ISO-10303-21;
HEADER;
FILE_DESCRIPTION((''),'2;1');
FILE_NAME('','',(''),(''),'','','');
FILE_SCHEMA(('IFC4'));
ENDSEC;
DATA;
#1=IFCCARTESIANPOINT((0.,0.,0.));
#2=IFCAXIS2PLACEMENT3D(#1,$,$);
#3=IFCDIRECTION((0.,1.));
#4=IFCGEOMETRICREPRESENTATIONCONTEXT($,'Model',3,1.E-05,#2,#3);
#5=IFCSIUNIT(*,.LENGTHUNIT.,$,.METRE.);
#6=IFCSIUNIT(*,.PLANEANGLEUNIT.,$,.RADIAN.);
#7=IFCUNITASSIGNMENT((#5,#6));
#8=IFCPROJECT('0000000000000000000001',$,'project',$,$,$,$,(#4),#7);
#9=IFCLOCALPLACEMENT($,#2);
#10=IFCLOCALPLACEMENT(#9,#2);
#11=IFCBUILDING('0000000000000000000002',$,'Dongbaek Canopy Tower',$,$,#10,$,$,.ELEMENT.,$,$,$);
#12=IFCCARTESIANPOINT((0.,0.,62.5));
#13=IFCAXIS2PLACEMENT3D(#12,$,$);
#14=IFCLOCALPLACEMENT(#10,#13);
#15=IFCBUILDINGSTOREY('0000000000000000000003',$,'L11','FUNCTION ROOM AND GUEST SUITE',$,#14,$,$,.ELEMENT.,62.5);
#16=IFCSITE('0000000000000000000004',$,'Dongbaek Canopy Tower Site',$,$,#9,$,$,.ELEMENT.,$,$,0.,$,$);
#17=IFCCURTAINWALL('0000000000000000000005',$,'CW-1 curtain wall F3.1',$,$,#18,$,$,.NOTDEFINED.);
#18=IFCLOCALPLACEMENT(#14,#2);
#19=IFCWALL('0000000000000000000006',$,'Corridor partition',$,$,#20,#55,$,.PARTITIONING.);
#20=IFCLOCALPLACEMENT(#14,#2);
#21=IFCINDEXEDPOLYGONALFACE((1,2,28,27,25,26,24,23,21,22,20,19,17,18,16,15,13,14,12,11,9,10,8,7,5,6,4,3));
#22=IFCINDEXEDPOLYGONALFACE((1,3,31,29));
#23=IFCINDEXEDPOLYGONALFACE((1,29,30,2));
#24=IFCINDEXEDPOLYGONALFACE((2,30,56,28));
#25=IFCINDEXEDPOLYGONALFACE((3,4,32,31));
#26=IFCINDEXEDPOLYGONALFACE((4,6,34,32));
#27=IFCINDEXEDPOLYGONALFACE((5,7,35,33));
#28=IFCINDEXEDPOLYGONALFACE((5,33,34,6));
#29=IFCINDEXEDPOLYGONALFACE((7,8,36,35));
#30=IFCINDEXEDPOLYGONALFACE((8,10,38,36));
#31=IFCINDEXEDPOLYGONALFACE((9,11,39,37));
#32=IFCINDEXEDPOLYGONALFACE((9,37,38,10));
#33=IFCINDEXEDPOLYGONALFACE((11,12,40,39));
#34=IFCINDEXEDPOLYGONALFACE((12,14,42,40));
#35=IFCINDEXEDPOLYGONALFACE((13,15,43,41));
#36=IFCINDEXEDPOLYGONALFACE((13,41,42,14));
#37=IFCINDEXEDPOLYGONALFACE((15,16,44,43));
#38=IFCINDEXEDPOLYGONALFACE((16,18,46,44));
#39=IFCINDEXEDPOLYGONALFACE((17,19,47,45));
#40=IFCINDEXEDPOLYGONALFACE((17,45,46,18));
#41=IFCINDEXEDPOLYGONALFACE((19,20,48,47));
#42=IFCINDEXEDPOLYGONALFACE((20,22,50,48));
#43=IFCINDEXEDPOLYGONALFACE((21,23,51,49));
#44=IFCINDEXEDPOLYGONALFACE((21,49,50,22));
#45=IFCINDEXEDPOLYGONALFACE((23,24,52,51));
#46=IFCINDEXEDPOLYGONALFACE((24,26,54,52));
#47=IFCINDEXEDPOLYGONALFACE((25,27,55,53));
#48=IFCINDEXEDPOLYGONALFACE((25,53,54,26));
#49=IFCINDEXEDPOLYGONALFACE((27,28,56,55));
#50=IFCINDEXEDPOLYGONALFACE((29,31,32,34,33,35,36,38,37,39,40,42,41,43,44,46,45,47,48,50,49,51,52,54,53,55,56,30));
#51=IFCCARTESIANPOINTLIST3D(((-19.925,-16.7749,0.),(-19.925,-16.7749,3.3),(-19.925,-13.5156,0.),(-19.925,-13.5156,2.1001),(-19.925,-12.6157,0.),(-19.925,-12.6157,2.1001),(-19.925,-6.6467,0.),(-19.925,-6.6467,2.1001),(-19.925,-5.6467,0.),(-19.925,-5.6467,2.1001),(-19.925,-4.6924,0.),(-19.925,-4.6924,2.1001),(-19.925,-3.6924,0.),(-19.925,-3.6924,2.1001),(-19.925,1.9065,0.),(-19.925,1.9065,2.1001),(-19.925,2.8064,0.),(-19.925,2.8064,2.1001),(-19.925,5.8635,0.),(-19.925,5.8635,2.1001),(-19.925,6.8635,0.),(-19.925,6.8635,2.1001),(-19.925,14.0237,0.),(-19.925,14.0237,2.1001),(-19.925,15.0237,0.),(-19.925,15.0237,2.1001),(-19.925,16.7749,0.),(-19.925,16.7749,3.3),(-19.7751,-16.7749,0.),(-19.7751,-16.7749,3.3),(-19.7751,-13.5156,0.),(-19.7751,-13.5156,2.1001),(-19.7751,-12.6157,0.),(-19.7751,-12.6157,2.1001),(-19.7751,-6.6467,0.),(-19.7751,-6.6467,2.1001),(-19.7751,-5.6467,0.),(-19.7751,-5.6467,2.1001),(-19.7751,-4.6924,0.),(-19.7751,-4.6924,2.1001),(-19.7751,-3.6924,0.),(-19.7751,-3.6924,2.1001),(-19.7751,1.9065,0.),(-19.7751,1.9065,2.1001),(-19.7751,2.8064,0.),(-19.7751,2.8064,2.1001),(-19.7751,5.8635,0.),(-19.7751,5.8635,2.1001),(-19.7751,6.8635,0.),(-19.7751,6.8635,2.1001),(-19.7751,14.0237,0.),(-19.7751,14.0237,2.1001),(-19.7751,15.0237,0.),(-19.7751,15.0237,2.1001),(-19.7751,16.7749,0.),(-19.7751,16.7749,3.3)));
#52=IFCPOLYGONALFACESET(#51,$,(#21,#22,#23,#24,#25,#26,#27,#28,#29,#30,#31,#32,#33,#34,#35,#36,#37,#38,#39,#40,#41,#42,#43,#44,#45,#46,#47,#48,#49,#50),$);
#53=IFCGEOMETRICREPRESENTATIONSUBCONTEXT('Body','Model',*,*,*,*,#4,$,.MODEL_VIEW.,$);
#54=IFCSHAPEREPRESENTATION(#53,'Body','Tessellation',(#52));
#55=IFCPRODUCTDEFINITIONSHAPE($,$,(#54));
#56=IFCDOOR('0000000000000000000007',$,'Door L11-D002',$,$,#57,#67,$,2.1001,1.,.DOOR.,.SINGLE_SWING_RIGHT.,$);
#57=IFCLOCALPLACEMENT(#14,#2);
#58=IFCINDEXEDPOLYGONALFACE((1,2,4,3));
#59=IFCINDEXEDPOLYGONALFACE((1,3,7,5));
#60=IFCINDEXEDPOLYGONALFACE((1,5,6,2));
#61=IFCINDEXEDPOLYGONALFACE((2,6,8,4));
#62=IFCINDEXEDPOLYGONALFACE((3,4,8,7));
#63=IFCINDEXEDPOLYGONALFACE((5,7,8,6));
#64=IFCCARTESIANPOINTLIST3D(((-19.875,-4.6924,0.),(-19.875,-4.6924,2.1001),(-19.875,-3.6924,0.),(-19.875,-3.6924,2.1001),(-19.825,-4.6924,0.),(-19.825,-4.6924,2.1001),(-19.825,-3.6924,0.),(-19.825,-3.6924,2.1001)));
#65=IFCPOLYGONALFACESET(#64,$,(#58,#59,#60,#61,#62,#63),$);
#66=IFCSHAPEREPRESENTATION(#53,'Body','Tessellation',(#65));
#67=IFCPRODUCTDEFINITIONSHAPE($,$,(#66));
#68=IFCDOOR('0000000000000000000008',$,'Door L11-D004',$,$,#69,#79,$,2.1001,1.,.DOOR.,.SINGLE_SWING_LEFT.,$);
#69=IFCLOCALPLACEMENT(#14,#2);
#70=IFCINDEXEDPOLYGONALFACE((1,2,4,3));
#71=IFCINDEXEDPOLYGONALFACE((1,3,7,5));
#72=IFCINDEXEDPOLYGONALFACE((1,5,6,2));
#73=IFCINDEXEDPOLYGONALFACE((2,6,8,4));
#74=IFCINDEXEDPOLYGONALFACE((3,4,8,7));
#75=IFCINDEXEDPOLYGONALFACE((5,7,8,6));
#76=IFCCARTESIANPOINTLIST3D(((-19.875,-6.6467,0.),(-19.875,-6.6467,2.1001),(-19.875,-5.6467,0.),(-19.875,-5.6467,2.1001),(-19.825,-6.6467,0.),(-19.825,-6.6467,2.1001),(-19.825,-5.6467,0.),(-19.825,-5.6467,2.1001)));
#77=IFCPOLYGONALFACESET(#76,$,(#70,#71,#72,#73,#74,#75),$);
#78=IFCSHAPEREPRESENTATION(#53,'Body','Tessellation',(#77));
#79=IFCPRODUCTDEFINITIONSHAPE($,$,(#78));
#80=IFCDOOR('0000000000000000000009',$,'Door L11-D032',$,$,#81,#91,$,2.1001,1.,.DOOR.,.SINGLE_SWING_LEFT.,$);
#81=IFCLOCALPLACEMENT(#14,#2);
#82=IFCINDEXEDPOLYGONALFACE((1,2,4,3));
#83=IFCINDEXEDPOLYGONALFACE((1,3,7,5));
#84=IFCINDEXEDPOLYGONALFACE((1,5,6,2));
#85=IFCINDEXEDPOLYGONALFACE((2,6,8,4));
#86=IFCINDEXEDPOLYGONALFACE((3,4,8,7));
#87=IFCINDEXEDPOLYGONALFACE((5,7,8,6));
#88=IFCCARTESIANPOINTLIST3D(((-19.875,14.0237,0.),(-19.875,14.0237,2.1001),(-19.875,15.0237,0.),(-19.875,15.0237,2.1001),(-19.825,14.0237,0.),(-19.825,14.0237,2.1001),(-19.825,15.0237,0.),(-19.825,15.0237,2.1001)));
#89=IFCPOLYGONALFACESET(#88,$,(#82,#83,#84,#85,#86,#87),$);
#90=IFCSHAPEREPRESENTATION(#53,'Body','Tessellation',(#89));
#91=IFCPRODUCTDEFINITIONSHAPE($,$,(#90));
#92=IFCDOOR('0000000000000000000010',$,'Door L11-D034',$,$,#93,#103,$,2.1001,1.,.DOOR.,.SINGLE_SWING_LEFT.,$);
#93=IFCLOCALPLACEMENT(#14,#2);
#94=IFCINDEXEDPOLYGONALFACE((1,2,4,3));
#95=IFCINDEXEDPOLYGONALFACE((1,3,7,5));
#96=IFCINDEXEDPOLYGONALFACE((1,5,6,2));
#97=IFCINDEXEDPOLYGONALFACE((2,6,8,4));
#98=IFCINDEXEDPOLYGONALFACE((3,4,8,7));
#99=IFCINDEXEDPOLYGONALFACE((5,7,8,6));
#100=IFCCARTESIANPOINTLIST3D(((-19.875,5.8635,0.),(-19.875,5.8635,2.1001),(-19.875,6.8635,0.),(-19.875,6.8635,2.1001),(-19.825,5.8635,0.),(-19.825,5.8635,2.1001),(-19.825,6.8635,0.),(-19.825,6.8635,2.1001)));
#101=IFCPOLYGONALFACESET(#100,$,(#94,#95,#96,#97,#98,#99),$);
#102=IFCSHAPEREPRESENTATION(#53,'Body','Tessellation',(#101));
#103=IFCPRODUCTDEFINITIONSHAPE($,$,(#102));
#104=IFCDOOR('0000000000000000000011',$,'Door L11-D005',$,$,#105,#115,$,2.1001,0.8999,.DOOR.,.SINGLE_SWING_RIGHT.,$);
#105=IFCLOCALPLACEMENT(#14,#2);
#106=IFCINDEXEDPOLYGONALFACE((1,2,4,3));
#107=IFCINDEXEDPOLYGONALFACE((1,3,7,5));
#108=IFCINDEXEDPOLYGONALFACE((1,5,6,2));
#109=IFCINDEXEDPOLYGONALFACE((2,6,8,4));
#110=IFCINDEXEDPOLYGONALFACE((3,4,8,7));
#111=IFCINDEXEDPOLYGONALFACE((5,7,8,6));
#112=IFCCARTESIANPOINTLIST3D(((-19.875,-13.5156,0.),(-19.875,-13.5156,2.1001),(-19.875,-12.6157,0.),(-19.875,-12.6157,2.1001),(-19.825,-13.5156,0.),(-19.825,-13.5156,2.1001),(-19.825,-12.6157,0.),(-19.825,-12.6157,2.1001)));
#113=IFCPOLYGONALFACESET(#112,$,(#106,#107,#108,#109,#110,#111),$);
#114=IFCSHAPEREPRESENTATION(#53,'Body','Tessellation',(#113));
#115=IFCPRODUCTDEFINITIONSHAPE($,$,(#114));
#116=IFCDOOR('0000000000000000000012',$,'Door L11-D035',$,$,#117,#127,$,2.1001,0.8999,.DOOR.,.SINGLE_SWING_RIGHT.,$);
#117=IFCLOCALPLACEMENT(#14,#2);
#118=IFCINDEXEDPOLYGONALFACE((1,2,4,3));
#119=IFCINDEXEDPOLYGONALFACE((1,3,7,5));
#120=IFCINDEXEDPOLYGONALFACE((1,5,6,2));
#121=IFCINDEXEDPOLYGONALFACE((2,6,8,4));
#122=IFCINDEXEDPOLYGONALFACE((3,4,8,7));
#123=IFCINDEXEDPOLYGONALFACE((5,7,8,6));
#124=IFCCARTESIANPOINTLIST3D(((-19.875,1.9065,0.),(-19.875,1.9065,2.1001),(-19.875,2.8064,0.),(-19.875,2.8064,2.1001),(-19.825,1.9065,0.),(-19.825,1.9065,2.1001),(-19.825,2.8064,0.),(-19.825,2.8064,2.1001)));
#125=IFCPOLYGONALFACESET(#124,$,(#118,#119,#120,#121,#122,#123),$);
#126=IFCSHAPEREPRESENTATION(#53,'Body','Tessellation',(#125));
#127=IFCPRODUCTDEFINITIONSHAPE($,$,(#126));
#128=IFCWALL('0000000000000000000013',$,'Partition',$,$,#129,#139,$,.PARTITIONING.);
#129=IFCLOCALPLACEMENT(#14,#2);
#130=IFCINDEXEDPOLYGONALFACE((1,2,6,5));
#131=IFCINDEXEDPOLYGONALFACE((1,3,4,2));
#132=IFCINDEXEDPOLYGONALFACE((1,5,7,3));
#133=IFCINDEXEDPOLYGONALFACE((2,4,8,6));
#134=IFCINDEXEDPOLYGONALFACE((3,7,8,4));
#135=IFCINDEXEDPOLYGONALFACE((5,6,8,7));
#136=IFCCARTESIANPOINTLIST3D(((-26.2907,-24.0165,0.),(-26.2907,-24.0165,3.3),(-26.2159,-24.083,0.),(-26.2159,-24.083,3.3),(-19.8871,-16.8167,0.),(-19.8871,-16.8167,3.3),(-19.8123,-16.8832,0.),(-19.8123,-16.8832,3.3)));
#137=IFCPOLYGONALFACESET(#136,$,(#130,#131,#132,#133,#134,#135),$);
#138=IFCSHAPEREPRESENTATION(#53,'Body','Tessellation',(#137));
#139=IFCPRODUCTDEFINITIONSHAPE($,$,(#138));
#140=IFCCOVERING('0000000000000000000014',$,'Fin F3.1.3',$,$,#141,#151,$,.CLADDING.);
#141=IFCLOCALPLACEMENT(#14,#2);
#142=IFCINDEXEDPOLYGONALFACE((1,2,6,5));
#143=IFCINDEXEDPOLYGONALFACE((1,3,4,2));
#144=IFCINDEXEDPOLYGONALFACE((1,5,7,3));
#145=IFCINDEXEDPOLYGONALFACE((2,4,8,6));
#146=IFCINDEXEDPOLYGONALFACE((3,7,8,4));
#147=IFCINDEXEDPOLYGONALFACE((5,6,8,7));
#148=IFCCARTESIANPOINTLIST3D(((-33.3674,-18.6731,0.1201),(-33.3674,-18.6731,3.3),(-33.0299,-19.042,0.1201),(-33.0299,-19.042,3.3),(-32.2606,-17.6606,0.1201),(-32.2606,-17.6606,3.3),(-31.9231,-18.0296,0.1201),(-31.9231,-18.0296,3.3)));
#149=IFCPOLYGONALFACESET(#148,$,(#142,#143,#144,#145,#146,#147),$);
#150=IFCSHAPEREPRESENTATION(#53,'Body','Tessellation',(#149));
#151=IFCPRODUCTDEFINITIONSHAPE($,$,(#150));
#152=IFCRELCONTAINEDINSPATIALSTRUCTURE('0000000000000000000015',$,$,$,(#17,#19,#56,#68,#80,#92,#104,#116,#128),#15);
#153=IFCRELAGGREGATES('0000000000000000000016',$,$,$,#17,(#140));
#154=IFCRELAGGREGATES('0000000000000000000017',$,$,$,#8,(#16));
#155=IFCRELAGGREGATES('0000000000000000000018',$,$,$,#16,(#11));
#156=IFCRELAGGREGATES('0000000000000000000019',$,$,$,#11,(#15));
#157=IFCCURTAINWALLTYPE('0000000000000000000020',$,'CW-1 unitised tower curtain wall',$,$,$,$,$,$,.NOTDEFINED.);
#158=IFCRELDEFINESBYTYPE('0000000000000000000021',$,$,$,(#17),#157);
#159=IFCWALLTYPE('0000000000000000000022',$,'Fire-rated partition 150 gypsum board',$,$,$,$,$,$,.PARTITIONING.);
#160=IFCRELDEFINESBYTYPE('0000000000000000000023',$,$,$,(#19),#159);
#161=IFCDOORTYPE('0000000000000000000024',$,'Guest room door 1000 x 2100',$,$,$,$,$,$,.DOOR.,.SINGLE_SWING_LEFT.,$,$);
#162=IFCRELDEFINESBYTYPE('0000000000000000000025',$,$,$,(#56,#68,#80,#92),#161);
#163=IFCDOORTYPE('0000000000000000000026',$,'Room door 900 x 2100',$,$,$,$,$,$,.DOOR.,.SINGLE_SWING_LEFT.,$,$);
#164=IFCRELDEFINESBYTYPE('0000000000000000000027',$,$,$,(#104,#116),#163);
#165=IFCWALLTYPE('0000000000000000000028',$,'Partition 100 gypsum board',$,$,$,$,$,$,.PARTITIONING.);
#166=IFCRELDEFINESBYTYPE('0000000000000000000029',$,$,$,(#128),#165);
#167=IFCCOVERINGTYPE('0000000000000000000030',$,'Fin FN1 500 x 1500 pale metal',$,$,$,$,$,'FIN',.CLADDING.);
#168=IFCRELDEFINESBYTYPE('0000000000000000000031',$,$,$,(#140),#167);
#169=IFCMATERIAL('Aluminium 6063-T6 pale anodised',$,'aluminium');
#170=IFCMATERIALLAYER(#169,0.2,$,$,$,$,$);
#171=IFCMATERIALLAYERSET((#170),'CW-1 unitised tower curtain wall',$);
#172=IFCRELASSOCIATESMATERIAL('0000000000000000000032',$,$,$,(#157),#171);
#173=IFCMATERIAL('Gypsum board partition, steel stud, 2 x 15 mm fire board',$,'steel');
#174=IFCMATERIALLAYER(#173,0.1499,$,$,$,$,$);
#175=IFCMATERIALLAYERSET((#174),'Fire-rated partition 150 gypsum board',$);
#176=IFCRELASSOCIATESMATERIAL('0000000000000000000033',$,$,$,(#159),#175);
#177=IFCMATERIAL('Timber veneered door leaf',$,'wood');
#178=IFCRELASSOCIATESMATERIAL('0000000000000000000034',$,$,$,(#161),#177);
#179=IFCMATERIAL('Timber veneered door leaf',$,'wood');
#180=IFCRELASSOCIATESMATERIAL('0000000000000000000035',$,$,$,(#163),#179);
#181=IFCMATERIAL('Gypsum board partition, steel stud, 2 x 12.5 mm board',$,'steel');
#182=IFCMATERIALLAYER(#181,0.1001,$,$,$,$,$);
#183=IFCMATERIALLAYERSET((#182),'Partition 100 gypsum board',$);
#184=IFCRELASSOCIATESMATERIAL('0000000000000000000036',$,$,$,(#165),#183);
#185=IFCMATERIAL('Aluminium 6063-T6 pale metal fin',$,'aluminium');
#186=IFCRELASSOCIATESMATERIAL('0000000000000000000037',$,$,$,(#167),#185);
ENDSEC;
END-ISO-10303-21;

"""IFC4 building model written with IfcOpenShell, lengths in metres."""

from ifc_helpers import new_model, si_unit, direction, frame, frame_2d, origin, origin_2d, place, context, subcontext, project, spatial, rectangle, extrude, material, layer, layer_set, material_profile, profile_set, type_object, element, fill, aggregate, save


model = new_model("IFC4")

# Units and contexts
model_context = context("Model", 3, precision=1e-05, world=origin(), true_north=direction((0.0, 1.0)))
body_context = subcontext(model_context, "Body", "Model", "MODEL_VIEW")
ifc_project = project(units=[si_unit("LENGTHUNIT", "METRE"), si_unit("PLANEANGLEUNIT", "RADIAN")], contexts=[model_context])

# Site, building, storey
site_placement = place(None, origin())
site = spatial("IfcSite", under=ifc_project, at=site_placement, Name="Dongbaek Canopy Tower Site", CompositionType="ELEMENT", RefElevation=0.0)
building_placement = place(site_placement, origin())
building = spatial("IfcBuilding", under=site, at=building_placement, Name="Dongbaek Canopy Tower", CompositionType="ELEMENT")
storey_placement = place(building_placement, frame((0.0, 0.0, 62.5)))
storey = spatial("IfcBuildingStorey", under=building, at=storey_placement, Name="L11", Description="FUNCTION ROOM AND GUEST SUITE", CompositionType="ELEMENT", Elevation=62.5)

# Curtain wall
ifc_material_1 = material(Name="Aluminium 6063-T6 pale anodised", Category="aluminium")
ifc_layer_1 = layer(ifc_material_1, 0.2)
ifc_layer_set_1 = layer_set([ifc_layer_1], Name="CW-1 unitised tower curtain wall")
curtain_wall_type = type_object("IfcCurtainWallType", Name="CW-1 unitised tower curtain wall", PredefinedType="NOTDEFINED", material=ifc_layer_set_1)
curtain_wall_placement = place(storey_placement, origin())
curtain_wall = element("IfcCurtainWall", 1, at=curtain_wall_placement, inside=storey, type_object=curtain_wall_type, Name="CW-1 curtain wall F3.1", PredefinedType="NOTDEFINED")

# Wall, openings, doors
ifc_material_2 = material(Name="Gypsum board partition, steel stud, 2 x 15 mm fire board", Category="steel")
ifc_layer_2 = layer(ifc_material_2, 0.1499)
ifc_layer_set_2 = layer_set([ifc_layer_2], Name="Fire-rated partition 150 gypsum board")
wall_type_1 = type_object("IfcWallType", Name="Fire-rated partition 150 gypsum board", PredefinedType="PARTITIONING", material=ifc_layer_set_2)
wall_1_placement = place(storey_placement, frame((-19.8501, -16.7749, 0.0), z_axis=(0.0, 0.0, 1.0), x_axis=(0.0, 1.0, 0.0)))
wall_1 = element("IfcWall", 2, at=wall_1_placement, inside=storey, type_object=wall_type_1, Name="Corridor partition", PredefinedType="PARTITIONING", context=body_context, shape_type="SweptSolid", body=[
    extrude(rectangle(XDim=33.5498, YDim=0.1499, at=frame_2d((16.7749, 0.0))), origin(), (0.0, 0.0, 1.0), 3.3),
])
opening_1_placement = place(wall_1_placement, frame((12.0825, 0.0, 0.0)))
opening_1 = element("IfcOpeningElement", 3, at=opening_1_placement, cuts=wall_1, PredefinedType="OPENING", context=body_context, shape_type="SweptSolid", body=[
    extrude(rectangle(XDim=1.0, YDim=2.1001, at=frame_2d((0.5, 1.05))), frame((0.0, 0.085, 0.0), z_axis=(0.0, -1.0, 0.0), x_axis=(1.0, 0.0, 0.0)), (0.0, 0.0, 1.0), 0.1699),
])
opening_2_placement = place(wall_1_placement, frame((10.1282, 0.0, 0.0)))
opening_2 = element("IfcOpeningElement", 4, at=opening_2_placement, cuts=wall_1, PredefinedType="OPENING", context=body_context, shape_type="SweptSolid", body=[
    extrude(rectangle(XDim=1.0, YDim=2.1001, at=frame_2d((0.5, 1.05))), frame((0.0, 0.085, 0.0), z_axis=(0.0, -1.0, 0.0), x_axis=(1.0, 0.0, 0.0)), (0.0, 0.0, 1.0), 0.1699),
])
opening_3_placement = place(wall_1_placement, frame((3.2593, 0.0, 0.0)))
opening_3 = element("IfcOpeningElement", 5, at=opening_3_placement, cuts=wall_1, PredefinedType="OPENING", context=body_context, shape_type="SweptSolid", body=[
    extrude(rectangle(XDim=0.8999, YDim=2.1001, at=frame_2d((0.45, 1.05))), frame((0.0, 0.085, 0.0), z_axis=(0.0, -1.0, 0.0), x_axis=(1.0, 0.0, 0.0)), (0.0, 0.0, 1.0), 0.1699),
])
opening_4_placement = place(wall_1_placement, frame((30.7986, 0.0, 0.0)))
opening_4 = element("IfcOpeningElement", 6, at=opening_4_placement, cuts=wall_1, PredefinedType="OPENING", context=body_context, shape_type="SweptSolid", body=[
    extrude(rectangle(XDim=1.0, YDim=2.1001, at=frame_2d((0.5, 1.05))), frame((0.0, 0.085, 0.0), z_axis=(0.0, -1.0, 0.0), x_axis=(1.0, 0.0, 0.0)), (0.0, 0.0, 1.0), 0.1699),
])
opening_5_placement = place(wall_1_placement, frame((22.6384, 0.0, 0.0)))
opening_5 = element("IfcOpeningElement", 7, at=opening_5_placement, cuts=wall_1, PredefinedType="OPENING", context=body_context, shape_type="SweptSolid", body=[
    extrude(rectangle(XDim=1.0, YDim=2.1001, at=frame_2d((0.5, 1.05))), frame((0.0, 0.085, 0.0), z_axis=(0.0, -1.0, 0.0), x_axis=(1.0, 0.0, 0.0)), (0.0, 0.0, 1.0), 0.1699),
])
opening_6_placement = place(wall_1_placement, frame((18.6814, 0.0, 0.0)))
opening_6 = element("IfcOpeningElement", 8, at=opening_6_placement, cuts=wall_1, PredefinedType="OPENING", context=body_context, shape_type="SweptSolid", body=[
    extrude(rectangle(XDim=0.8999, YDim=2.1001, at=frame_2d((0.45, 1.05))), frame((0.0, 0.085, 0.0), z_axis=(0.0, -1.0, 0.0), x_axis=(1.0, 0.0, 0.0)), (0.0, 0.0, 1.0), 0.1699),
])
ifc_material_3 = material(Name="Timber veneered door leaf", Category="wood")
door_type_1 = type_object("IfcDoorType", Name="Guest room door 1000 x 2100", OperationType="SINGLE_SWING_LEFT", PredefinedType="DOOR", material=ifc_material_3)
door_1_placement = place(opening_1_placement, origin())
door_1 = element("IfcDoor", 9, at=door_1_placement, inside=storey, type_object=door_type_1, Name="Door L11-D002", OperationType="SINGLE_SWING_RIGHT", OverallHeight=2.1001, OverallWidth=1.0, PredefinedType="DOOR", context=body_context, shape_type="SweptSolid", body=[
    extrude(rectangle(XDim=1.0, YDim=2.1001, at=frame_2d((0.5, 1.05))), frame((0.0, 0.0249, 0.0), z_axis=(0.0, -1.0, 0.0), x_axis=(1.0, 0.0, 0.0)), (0.0, 0.0, 1.0), 0.05),
])
fill(opening_1, door_1)
door_2_placement = place(opening_2_placement, origin())
door_2 = element("IfcDoor", 10, at=door_2_placement, inside=storey, type_object=door_type_1, Name="Door L11-D004", OperationType="SINGLE_SWING_LEFT", OverallHeight=2.1001, OverallWidth=1.0, PredefinedType="DOOR", context=body_context, shape_type="SweptSolid", body=[
    extrude(rectangle(XDim=1.0, YDim=2.1001, at=frame_2d((0.5, 1.05))), frame((0.0, 0.0249, 0.0), z_axis=(0.0, -1.0, 0.0), x_axis=(1.0, 0.0, 0.0)), (0.0, 0.0, 1.0), 0.05),
])
fill(opening_2, door_2)
door_3_placement = place(opening_4_placement, origin())
door_3 = element("IfcDoor", 11, at=door_3_placement, inside=storey, type_object=door_type_1, Name="Door L11-D032", OperationType="SINGLE_SWING_LEFT", OverallHeight=2.1001, OverallWidth=1.0, PredefinedType="DOOR", context=body_context, shape_type="SweptSolid", body=[
    extrude(rectangle(XDim=1.0, YDim=2.1001, at=frame_2d((0.5, 1.05))), frame((0.0, 0.0249, 0.0), z_axis=(0.0, -1.0, 0.0), x_axis=(1.0, 0.0, 0.0)), (0.0, 0.0, 1.0), 0.05),
])
fill(opening_4, door_3)
door_4_placement = place(opening_5_placement, origin())
door_4 = element("IfcDoor", 12, at=door_4_placement, inside=storey, type_object=door_type_1, Name="Door L11-D034", OperationType="SINGLE_SWING_LEFT", OverallHeight=2.1001, OverallWidth=1.0, PredefinedType="DOOR", context=body_context, shape_type="SweptSolid", body=[
    extrude(rectangle(XDim=1.0, YDim=2.1001, at=frame_2d((0.5, 1.05))), frame((0.0, 0.0249, 0.0), z_axis=(0.0, -1.0, 0.0), x_axis=(1.0, 0.0, 0.0)), (0.0, 0.0, 1.0), 0.05),
])
fill(opening_5, door_4)
ifc_material_4 = material(Name="Timber veneered door leaf", Category="wood")
door_type_2 = type_object("IfcDoorType", Name="Room door 900 x 2100", OperationType="SINGLE_SWING_LEFT", PredefinedType="DOOR", material=ifc_material_4)
door_5_placement = place(opening_3_placement, origin())
door_5 = element("IfcDoor", 13, at=door_5_placement, inside=storey, type_object=door_type_2, Name="Door L11-D005", OperationType="SINGLE_SWING_RIGHT", OverallHeight=2.1001, OverallWidth=0.8999, PredefinedType="DOOR", context=body_context, shape_type="SweptSolid", body=[
    extrude(rectangle(XDim=0.8999, YDim=2.1001, at=frame_2d((0.45, 1.05))), frame((0.0, 0.0249, 0.0), z_axis=(0.0, -1.0, 0.0), x_axis=(1.0, 0.0, 0.0)), (0.0, 0.0, 1.0), 0.05),
])
fill(opening_3, door_5)
door_6_placement = place(opening_6_placement, origin())
door_6 = element("IfcDoor", 14, at=door_6_placement, inside=storey, type_object=door_type_2, Name="Door L11-D035", OperationType="SINGLE_SWING_RIGHT", OverallHeight=2.1001, OverallWidth=0.8999, PredefinedType="DOOR", context=body_context, shape_type="SweptSolid", body=[
    extrude(rectangle(XDim=0.8999, YDim=2.1001, at=frame_2d((0.45, 1.05))), frame((0.0, 0.0249, 0.0), z_axis=(0.0, -1.0, 0.0), x_axis=(1.0, 0.0, 0.0)), (0.0, 0.0, 1.0), 0.05),
])
fill(opening_6, door_6)

# Wall
ifc_material_5 = material(Name="Gypsum board partition, steel stud, 2 x 12.5 mm board", Category="steel")
ifc_layer_3 = layer(ifc_material_5, 0.1001)
ifc_layer_set_3 = layer_set([ifc_layer_3], Name="Partition 100 gypsum board")
wall_type_2 = type_object("IfcWallType", Name="Partition 100 gypsum board", PredefinedType="PARTITIONING", material=ifc_layer_set_3)
wall_2_placement = place(storey_placement, frame((-26.2534, -24.0498, 0.0), z_axis=(0.0, 0.0, 1.0), x_axis=(0.664586, 0.747212, 0.0)))
element("IfcWall", 15, at=wall_2_placement, inside=storey, type_object=wall_type_2, Name="Partition", PredefinedType="PARTITIONING", context=body_context, shape_type="SweptSolid", body=[
    extrude(rectangle(XDim=9.6355, YDim=0.1001, at=frame_2d((4.8179, 0.0))), origin(), (0.0, 0.0, 1.0), 3.3),
])

# Covering
ifc_material_6 = material(Name="Aluminium 6063-T6 pale metal fin", Category="aluminium")
ifc_material_profile_1 = material_profile(ifc_material_6, rectangle(XDim=1.5, YDim=0.5, at=origin_2d()), Name="Fin FN1 500 x 1500 pale metal")
ifc_profile_set_1 = profile_set([ifc_material_profile_1], Name="Aluminium 6063-T6 pale metal fin")
covering_type = type_object("IfcCoveringType", Name="Fin FN1 500 x 1500 pale metal", ElementType="FIN", PredefinedType="CLADDING", material=ifc_profile_set_1)
covering_placement = place(storey_placement, frame((-32.6453, -18.3513, 0.1201), z_axis=(0.0, 0.0, 1.0), x_axis=(-0.737855, -0.674959, 0.0)))
covering = element("IfcCovering", 16, at=covering_placement, type_object=covering_type, Name="Fin F3.1.3", PredefinedType="CLADDING", context=body_context, shape_type="SweptSolid", body=[
    extrude(rectangle(XDim=1.5, YDim=0.5, at=origin_2d()), origin(), (0.0, 0.0, 1.0), 3.1799),
])
aggregate(curtain_wall, [covering])

save(model, "model.ifc")
